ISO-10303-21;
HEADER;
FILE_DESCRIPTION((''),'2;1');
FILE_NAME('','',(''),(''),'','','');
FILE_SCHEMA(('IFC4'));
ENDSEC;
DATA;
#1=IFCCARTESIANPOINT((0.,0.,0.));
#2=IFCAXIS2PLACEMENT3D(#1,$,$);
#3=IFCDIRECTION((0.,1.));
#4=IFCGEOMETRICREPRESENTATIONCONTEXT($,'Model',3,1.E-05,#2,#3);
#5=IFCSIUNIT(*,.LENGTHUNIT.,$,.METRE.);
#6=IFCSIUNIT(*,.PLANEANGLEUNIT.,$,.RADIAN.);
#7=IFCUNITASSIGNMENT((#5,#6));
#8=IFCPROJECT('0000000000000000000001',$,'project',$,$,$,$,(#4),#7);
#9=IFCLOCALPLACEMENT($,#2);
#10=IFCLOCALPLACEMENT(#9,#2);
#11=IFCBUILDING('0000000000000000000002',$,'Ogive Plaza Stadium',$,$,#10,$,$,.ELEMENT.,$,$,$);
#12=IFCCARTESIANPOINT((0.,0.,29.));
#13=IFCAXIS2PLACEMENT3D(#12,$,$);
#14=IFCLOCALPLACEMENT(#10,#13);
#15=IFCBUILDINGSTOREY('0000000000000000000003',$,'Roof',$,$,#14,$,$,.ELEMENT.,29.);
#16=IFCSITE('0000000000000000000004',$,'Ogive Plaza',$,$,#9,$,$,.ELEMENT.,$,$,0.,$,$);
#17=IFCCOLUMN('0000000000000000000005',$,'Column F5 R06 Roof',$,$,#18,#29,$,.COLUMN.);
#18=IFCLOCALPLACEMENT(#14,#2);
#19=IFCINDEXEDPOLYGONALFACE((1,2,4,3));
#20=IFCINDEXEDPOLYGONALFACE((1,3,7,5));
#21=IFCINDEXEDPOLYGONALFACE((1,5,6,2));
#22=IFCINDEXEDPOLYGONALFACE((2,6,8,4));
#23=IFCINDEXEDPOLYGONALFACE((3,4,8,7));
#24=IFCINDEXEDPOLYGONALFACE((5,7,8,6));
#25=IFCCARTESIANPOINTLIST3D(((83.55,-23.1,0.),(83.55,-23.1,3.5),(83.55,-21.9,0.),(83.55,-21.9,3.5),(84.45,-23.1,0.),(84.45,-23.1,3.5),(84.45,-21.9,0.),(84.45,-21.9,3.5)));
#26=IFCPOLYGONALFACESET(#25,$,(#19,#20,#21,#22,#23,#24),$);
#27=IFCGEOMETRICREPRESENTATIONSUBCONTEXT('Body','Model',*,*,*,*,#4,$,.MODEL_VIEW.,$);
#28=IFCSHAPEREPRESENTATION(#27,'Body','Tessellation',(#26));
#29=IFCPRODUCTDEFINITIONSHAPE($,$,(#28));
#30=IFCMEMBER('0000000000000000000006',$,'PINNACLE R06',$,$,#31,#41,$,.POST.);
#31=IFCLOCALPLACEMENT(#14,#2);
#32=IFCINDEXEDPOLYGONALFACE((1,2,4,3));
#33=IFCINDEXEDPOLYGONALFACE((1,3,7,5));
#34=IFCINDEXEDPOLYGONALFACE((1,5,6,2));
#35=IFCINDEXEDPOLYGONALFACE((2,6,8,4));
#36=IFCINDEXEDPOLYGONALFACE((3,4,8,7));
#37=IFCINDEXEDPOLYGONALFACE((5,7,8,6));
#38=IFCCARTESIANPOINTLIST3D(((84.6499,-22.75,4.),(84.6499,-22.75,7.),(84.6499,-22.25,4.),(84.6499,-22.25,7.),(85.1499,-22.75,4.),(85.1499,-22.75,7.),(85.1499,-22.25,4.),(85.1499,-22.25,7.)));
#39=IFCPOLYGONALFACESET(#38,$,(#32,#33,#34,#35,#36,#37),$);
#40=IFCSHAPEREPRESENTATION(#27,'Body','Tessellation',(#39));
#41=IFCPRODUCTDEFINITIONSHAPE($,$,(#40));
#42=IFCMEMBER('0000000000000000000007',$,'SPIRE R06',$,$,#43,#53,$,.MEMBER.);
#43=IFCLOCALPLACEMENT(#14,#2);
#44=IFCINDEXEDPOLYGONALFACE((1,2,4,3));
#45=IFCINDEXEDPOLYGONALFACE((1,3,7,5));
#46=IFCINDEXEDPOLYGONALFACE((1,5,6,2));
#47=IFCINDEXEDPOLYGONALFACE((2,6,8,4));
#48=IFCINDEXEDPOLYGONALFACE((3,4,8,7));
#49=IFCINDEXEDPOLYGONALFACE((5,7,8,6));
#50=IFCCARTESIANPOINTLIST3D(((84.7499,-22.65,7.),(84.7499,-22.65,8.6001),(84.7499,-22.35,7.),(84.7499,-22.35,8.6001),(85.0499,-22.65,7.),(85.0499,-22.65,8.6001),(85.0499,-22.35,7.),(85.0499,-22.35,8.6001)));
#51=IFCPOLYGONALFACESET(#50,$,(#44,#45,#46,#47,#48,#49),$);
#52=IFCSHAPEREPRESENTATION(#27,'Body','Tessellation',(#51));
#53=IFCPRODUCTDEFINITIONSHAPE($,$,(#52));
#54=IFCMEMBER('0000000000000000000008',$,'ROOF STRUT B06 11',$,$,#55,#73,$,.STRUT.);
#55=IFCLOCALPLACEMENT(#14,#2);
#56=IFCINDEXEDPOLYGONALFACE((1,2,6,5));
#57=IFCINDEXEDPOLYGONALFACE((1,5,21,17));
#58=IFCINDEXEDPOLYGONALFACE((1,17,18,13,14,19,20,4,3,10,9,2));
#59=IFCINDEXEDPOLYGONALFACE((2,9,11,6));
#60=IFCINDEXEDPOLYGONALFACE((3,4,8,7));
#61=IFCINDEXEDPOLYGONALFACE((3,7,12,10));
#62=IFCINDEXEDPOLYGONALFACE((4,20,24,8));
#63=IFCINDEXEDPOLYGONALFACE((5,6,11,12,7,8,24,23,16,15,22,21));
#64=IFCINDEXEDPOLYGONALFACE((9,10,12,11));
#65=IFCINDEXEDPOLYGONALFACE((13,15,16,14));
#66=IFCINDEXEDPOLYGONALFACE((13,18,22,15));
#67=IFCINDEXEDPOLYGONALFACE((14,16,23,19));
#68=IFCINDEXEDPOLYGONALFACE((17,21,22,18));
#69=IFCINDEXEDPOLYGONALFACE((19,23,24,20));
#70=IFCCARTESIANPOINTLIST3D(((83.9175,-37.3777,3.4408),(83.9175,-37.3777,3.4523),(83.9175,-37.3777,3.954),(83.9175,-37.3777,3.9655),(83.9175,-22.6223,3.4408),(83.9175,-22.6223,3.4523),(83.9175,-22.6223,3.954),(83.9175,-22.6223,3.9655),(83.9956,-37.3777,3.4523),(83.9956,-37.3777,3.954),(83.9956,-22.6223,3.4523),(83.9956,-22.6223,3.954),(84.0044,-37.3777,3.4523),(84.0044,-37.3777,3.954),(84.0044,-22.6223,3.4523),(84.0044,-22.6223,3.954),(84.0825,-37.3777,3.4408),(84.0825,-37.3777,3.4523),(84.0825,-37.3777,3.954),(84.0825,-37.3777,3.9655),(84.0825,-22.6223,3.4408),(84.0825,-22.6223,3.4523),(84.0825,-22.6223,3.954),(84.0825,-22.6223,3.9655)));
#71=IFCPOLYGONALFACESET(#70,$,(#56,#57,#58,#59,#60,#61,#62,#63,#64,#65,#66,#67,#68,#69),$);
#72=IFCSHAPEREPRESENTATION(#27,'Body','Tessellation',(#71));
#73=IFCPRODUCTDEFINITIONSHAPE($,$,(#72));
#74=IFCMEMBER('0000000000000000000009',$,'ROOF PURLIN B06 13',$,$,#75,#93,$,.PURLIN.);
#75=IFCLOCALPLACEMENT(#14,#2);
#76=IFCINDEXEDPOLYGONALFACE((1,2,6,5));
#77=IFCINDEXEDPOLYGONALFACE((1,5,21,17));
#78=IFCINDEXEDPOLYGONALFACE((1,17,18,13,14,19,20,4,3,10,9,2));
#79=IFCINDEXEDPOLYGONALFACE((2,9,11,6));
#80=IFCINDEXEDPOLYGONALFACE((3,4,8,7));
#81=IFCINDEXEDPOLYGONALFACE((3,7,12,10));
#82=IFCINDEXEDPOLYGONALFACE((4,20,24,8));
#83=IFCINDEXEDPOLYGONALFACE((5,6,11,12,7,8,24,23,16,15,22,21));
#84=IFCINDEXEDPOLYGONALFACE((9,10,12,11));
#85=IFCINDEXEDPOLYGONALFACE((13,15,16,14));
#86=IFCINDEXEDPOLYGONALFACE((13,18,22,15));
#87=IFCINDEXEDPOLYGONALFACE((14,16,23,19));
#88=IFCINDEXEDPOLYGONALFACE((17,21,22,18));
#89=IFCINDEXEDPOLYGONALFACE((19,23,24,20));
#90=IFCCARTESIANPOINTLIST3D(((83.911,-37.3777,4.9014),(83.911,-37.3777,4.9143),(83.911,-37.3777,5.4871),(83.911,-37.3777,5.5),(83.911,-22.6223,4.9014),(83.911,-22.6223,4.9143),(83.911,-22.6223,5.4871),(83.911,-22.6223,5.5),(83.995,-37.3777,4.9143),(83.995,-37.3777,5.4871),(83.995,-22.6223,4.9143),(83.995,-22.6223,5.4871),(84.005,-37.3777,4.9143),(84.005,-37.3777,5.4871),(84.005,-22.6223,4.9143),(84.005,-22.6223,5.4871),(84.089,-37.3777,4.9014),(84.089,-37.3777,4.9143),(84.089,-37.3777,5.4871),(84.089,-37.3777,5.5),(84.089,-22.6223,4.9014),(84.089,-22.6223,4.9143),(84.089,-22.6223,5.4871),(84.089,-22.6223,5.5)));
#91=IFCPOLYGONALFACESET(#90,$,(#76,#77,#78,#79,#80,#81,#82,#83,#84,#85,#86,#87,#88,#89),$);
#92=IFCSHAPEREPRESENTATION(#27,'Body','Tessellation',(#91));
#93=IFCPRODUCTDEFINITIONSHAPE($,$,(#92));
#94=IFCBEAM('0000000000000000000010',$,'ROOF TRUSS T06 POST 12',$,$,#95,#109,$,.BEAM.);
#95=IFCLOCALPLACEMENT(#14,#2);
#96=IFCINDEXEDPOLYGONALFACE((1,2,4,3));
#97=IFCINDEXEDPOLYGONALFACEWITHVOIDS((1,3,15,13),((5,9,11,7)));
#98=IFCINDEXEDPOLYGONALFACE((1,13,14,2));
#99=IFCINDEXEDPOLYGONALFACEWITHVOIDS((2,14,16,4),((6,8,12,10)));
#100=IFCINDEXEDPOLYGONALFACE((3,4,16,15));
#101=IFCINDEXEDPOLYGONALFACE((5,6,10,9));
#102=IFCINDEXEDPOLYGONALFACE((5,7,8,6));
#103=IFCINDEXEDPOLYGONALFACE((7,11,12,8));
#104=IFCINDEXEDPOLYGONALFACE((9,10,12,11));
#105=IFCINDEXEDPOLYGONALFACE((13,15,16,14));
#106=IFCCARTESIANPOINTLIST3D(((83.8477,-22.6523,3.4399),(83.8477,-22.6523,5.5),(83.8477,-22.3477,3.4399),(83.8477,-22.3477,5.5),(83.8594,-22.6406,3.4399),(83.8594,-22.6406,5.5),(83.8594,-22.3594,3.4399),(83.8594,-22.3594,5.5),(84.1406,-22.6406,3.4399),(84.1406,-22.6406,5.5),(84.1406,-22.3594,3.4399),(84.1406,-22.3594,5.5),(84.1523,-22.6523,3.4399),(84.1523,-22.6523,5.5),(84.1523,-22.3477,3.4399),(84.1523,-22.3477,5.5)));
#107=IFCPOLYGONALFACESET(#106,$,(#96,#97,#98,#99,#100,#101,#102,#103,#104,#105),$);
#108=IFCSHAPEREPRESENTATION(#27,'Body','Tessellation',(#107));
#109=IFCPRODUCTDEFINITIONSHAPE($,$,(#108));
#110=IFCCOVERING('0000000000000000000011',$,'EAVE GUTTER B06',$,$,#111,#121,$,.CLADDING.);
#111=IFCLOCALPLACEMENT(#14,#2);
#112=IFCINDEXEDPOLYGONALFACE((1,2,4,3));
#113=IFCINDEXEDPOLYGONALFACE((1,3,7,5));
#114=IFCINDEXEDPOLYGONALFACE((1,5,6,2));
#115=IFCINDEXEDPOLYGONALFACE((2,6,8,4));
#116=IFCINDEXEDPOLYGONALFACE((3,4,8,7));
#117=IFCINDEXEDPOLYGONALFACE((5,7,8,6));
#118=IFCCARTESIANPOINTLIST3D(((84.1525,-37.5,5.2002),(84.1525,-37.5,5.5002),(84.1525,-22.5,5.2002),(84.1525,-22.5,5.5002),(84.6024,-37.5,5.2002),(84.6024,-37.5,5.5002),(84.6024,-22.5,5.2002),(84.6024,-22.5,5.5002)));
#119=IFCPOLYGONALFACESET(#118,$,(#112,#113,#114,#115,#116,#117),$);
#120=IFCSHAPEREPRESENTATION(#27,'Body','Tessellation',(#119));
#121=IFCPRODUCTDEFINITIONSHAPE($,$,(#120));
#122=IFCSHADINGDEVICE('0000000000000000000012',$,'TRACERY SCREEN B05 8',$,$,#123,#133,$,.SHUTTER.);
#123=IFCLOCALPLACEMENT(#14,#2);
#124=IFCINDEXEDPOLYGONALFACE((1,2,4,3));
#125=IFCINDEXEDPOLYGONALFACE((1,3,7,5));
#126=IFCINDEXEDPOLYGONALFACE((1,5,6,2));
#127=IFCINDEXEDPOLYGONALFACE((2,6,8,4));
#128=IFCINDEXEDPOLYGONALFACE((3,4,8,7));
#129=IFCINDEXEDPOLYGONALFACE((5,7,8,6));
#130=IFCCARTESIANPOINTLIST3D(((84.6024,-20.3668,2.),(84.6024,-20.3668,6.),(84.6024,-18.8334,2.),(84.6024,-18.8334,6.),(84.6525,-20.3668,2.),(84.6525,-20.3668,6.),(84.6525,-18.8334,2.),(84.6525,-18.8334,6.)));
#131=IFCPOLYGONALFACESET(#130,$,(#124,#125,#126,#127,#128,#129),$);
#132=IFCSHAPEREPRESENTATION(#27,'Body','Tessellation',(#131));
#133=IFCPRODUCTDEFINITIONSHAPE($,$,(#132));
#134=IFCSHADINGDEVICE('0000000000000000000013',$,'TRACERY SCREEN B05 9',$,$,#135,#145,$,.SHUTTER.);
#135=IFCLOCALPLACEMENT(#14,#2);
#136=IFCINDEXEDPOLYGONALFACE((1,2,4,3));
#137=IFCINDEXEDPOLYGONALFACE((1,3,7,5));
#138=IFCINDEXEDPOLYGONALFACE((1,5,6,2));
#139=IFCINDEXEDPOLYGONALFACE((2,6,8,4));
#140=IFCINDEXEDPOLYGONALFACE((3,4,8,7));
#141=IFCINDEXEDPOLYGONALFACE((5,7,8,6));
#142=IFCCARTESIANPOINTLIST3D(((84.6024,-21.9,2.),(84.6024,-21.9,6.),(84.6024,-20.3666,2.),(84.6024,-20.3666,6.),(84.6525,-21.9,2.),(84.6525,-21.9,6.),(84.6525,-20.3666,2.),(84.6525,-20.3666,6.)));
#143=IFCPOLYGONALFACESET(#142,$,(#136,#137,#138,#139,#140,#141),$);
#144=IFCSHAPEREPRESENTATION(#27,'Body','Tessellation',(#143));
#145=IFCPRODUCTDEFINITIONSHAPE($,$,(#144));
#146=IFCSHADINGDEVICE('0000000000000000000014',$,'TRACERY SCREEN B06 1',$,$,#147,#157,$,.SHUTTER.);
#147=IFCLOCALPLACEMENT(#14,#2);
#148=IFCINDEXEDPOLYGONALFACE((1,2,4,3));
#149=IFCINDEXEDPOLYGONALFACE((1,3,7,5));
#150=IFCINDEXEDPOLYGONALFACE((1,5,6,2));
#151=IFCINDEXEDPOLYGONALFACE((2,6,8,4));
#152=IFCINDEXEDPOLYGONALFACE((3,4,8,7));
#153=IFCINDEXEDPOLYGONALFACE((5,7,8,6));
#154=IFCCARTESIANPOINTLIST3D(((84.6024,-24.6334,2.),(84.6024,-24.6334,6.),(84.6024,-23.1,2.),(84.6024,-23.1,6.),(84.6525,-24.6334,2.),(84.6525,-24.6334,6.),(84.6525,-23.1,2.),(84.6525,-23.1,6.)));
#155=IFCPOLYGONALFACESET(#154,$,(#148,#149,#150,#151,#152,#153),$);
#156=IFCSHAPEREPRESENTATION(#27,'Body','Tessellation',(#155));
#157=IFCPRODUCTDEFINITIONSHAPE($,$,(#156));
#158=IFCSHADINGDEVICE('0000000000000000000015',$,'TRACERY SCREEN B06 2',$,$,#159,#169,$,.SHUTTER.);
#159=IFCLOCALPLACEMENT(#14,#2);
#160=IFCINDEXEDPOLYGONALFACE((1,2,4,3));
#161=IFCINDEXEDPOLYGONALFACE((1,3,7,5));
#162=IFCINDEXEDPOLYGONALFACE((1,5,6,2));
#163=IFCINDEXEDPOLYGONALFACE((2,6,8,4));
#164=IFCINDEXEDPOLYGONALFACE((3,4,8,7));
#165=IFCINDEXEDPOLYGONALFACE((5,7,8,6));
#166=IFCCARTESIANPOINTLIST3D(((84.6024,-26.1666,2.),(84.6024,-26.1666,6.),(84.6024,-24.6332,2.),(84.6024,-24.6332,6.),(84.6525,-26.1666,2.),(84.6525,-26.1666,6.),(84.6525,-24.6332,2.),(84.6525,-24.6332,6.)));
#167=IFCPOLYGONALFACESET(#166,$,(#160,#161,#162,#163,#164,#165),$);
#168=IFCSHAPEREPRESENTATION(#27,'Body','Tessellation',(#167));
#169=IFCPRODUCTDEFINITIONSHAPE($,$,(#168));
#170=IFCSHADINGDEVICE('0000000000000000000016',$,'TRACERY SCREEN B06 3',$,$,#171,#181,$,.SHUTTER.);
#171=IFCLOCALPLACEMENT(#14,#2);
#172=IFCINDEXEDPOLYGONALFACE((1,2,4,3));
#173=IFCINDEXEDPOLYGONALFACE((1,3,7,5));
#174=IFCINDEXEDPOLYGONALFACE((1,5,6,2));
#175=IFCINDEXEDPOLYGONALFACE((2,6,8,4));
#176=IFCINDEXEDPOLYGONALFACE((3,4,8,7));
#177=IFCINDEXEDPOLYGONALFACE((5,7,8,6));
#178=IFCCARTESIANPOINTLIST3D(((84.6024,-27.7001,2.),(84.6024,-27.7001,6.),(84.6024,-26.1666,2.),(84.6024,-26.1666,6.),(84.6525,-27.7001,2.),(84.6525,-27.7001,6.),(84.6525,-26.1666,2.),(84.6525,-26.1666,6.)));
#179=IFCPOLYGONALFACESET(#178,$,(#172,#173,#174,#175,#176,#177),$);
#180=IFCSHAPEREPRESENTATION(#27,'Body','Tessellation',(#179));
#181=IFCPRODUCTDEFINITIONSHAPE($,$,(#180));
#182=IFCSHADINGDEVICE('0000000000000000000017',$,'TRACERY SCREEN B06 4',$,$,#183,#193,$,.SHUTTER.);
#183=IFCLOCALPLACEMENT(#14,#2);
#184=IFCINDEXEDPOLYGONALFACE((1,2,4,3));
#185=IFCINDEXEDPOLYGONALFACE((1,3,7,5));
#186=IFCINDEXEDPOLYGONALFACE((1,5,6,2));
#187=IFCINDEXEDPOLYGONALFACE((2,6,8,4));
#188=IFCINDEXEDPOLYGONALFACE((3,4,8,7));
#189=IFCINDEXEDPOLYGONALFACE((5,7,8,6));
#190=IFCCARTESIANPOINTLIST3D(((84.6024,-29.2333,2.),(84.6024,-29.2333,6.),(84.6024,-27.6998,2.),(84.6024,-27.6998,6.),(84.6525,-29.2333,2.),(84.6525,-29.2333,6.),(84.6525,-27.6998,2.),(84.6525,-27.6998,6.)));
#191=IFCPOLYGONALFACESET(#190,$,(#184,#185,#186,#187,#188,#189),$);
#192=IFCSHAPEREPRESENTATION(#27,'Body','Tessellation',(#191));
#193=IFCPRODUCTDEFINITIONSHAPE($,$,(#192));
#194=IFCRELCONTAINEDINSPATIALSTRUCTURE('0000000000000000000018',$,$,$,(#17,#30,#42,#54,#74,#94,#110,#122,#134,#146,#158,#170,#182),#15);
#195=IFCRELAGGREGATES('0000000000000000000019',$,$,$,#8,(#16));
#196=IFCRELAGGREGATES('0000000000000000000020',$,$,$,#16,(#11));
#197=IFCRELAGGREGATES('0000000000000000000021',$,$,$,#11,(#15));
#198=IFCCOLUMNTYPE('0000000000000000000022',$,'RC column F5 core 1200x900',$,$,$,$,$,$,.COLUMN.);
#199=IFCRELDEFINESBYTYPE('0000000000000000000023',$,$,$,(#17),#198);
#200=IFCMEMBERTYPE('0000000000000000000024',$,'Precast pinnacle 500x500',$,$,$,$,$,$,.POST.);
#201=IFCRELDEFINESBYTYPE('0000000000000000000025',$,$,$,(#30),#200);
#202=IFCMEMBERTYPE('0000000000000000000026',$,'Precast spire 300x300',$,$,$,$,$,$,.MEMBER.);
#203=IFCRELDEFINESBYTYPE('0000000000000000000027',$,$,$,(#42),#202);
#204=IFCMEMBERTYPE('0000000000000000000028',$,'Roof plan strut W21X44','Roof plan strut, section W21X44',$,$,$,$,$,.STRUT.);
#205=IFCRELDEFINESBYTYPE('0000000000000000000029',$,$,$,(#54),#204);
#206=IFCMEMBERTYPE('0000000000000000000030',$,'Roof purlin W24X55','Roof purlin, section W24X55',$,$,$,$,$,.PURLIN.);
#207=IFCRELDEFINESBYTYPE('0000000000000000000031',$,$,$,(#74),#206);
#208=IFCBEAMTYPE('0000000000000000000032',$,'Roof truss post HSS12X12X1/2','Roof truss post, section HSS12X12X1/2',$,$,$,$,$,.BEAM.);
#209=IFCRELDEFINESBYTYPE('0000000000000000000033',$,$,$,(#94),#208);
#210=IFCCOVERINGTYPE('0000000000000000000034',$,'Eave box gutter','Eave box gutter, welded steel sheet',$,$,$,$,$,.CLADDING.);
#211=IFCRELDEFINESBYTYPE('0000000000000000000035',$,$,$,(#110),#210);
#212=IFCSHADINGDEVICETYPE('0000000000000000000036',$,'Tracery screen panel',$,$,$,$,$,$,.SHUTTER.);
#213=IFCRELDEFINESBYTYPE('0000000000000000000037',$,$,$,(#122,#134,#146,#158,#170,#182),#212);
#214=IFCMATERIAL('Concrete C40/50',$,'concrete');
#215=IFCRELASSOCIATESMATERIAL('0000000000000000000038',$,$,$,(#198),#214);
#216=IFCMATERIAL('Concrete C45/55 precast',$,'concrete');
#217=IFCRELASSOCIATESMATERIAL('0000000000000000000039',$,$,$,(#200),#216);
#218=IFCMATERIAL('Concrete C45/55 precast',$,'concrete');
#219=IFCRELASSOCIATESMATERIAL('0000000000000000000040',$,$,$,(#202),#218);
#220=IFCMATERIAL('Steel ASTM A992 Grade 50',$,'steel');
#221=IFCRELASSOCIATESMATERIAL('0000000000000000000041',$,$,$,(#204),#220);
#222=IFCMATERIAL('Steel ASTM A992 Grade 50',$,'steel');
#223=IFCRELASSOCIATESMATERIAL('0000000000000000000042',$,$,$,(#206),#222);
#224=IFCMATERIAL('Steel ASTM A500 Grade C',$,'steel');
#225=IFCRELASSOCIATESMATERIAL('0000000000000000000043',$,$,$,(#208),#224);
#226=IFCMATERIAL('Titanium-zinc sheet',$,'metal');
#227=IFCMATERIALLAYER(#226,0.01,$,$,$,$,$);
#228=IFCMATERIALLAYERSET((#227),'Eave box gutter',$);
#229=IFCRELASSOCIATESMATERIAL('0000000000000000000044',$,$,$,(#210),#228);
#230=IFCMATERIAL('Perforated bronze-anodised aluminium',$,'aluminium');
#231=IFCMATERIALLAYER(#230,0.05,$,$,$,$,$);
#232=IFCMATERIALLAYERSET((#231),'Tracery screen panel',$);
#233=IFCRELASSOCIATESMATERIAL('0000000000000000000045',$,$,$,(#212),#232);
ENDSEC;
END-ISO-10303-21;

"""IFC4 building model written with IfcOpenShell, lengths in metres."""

from ifc_helpers import new_model, si_unit, direction, frame, origin, origin_2d, place, context, subcontext, project, spatial, rectangle, hollow_rectangle, i_section, extrude, material, layer, layer_set, material_profile, profile_set, type_object, element, save


model = new_model("IFC4")

# Units and contexts
model_context = context("Model", 3, precision=1e-05, world=origin(), true_north=direction((0.0, 1.0)))
body_context = subcontext(model_context, "Body", "Model", "MODEL_VIEW")
ifc_project = project(units=[si_unit("LENGTHUNIT", "METRE"), si_unit("PLANEANGLEUNIT", "RADIAN")], contexts=[model_context])

# Site, building, storey
site_placement = place(None, origin())
site = spatial("IfcSite", under=ifc_project, at=site_placement, Name="Ogive Plaza", CompositionType="ELEMENT", RefElevation=0.0)
building_placement = place(site_placement, origin())
building = spatial("IfcBuilding", under=site, at=building_placement, Name="Ogive Plaza Stadium", CompositionType="ELEMENT")
storey_placement = place(building_placement, frame((0.0, 0.0, 29.0)))
storey = spatial("IfcBuildingStorey", under=building, at=storey_placement, Name="Roof", CompositionType="ELEMENT", Elevation=29.0)

# Column
ifc_material_1 = material(Name="Concrete C40/50", Category="concrete")
ifc_material_profile_1 = material_profile(ifc_material_1, rectangle(XDim=1.2, YDim=0.8999, at=origin_2d()), Name="RC 1200x900")
ifc_profile_set_1 = profile_set([ifc_material_profile_1], Name="Concrete C40/50")
column_type = type_object("IfcColumnType", Name="RC column F5 core 1200x900", PredefinedType="COLUMN", material=ifc_profile_set_1)
column_placement = place(storey_placement, frame((84.0, -22.5, 0.0), z_axis=(0.0, 0.0, 1.0), x_axis=(0.0, 1.0, 0.0)))
element("IfcColumn", 1, at=column_placement, inside=storey, type_object=column_type, Name="Column F5 R06 Roof", PredefinedType="COLUMN", context=body_context, shape_type="SweptSolid", body=[
    extrude(rectangle(XDim=1.2, YDim=0.8999, at=origin_2d()), origin(), (0.0, 0.0, 1.0), 3.5),
])

# Members
ifc_material_2 = material(Name="Concrete C45/55 precast", Category="concrete")
ifc_material_profile_2 = material_profile(ifc_material_2, rectangle(XDim=0.5, YDim=0.5, at=origin_2d()), Name="RC 500x500")
ifc_profile_set_2 = profile_set([ifc_material_profile_2], Name="Concrete C45/55 precast")
member_type_1 = type_object("IfcMemberType", Name="Precast pinnacle 500x500", PredefinedType="POST", material=ifc_profile_set_2)
member_1_placement = place(storey_placement, frame((84.8999, -22.5, 4.0), z_axis=(0.0, 0.0, 1.0), x_axis=(0.0, 1.0, 0.0)))
element("IfcMember", 2, at=member_1_placement, inside=storey, type_object=member_type_1, Name="PINNACLE R06", PredefinedType="POST", context=body_context, shape_type="SweptSolid", body=[
    extrude(rectangle(XDim=0.5, YDim=0.5, at=origin_2d()), origin(), (0.0, 0.0, 1.0), 3.0),
])
ifc_material_3 = material(Name="Concrete C45/55 precast", Category="concrete")
ifc_material_profile_3 = material_profile(ifc_material_3, rectangle(XDim=0.3, YDim=0.3, at=origin_2d()), Name="RC 300x300")
ifc_profile_set_3 = profile_set([ifc_material_profile_3], Name="Concrete C45/55 precast")
member_type_2 = type_object("IfcMemberType", Name="Precast spire 300x300", PredefinedType="MEMBER", material=ifc_profile_set_3)
member_2_placement = place(storey_placement, frame((84.8999, -22.5, 7.0), z_axis=(0.0, 0.0, 1.0), x_axis=(0.0, 1.0, 0.0)))
element("IfcMember", 3, at=member_2_placement, inside=storey, type_object=member_type_2, Name="SPIRE R06", PredefinedType="MEMBER", context=body_context, shape_type="SweptSolid", body=[
    extrude(rectangle(XDim=0.3, YDim=0.3, at=origin_2d()), origin(), (0.0, 0.0, 1.0), 1.6001),
])
ifc_material_4 = material(Name="Steel ASTM A992 Grade 50", Category="steel")
ifc_material_profile_4 = material_profile(ifc_material_4, i_section(OverallWidth=0.165, OverallDepth=0.5247, WebThickness=0.0088, FlangeThickness=0.0115, at=origin_2d()), Name="W21X44")
ifc_profile_set_4 = profile_set([ifc_material_profile_4], Name="Steel ASTM A992 Grade 50")
member_type_3 = type_object("IfcMemberType", Name="Roof plan strut W21X44", Description="Roof plan strut, section W21X44", PredefinedType="STRUT", material=ifc_profile_set_4)
member_3_placement = place(storey_placement, frame((84.0, -22.6223, 3.7031), z_axis=(0.0, -1.0, 0.0), x_axis=(1.0, 0.0, 0.0)))
element("IfcMember", 4, at=member_3_placement, inside=storey, type_object=member_type_3, Name="ROOF STRUT B06 11", PredefinedType="STRUT", context=body_context, shape_type="SweptSolid", body=[
    extrude(i_section(OverallWidth=0.165, OverallDepth=0.5247, WebThickness=0.0088, FlangeThickness=0.0115, at=origin_2d()), origin(), (0.0, 0.0, 1.0), 14.7554),
])
ifc_material_5 = material(Name="Steel ASTM A992 Grade 50", Category="steel")
ifc_material_profile_5 = material_profile(ifc_material_5, i_section(OverallWidth=0.178, OverallDepth=0.5986, WebThickness=0.01, FlangeThickness=0.0129, at=origin_2d()), Name="W24X55")
ifc_profile_set_5 = profile_set([ifc_material_profile_5], Name="Steel ASTM A992 Grade 50")
member_type_4 = type_object("IfcMemberType", Name="Roof purlin W24X55", Description="Roof purlin, section W24X55", PredefinedType="PURLIN", material=ifc_profile_set_5)
member_4_placement = place(storey_placement, frame((84.0, -22.6223, 5.2007), z_axis=(0.0, -1.0, 0.0), x_axis=(1.0, 0.0, 0.0)))
element("IfcMember", 5, at=member_4_placement, inside=storey, type_object=member_type_4, Name="ROOF PURLIN B06 13", PredefinedType="PURLIN", context=body_context, shape_type="SweptSolid", body=[
    extrude(i_section(OverallWidth=0.178, OverallDepth=0.5986, WebThickness=0.01, FlangeThickness=0.0129, at=origin_2d()), origin(), (0.0, 0.0, 1.0), 14.7554),
])

# Beam
ifc_material_6 = material(Name="Steel ASTM A500 Grade C", Category="steel")
ifc_material_profile_6 = material_profile(ifc_material_6, hollow_rectangle(XDim=0.3047, YDim=0.3047, WallThickness=0.0117, at=origin_2d()), Name="HSS12X12X1/2")
ifc_profile_set_6 = profile_set([ifc_material_profile_6], Name="Steel ASTM A500 Grade C")
beam_type = type_object("IfcBeamType", Name="Roof truss post HSS12X12X1/2", Description="Roof truss post, section HSS12X12X1/2", PredefinedType="BEAM", material=ifc_profile_set_6)
beam_placement = place(storey_placement, frame((84.0, -22.5, 3.4399), z_axis=(0.0, 0.0, 1.0), x_axis=(0.0, 1.0, 0.0)))
element("IfcBeam", 6, at=beam_placement, inside=storey, type_object=beam_type, Name="ROOF TRUSS T06 POST 12", PredefinedType="BEAM", context=body_context, shape_type="SweptSolid", body=[
    extrude(hollow_rectangle(XDim=0.3047, YDim=0.3047, WallThickness=0.0117, at=origin_2d()), origin(), (0.0, 0.0, 1.0), 2.0601),
])

# Covering
ifc_material_7 = material(Name="Titanium-zinc sheet", Category="metal")
ifc_layer_1 = layer(ifc_material_7, 0.01)
ifc_layer_set_1 = layer_set([ifc_layer_1], Name="Eave box gutter")
covering_type = type_object("IfcCoveringType", Name="Eave box gutter", Description="Eave box gutter, welded steel sheet", PredefinedType="CLADDING", material=ifc_layer_set_1)
covering_placement = place(storey_placement, frame((84.3774, -30.0, 5.2002), z_axis=(0.0, 0.0, 1.0), x_axis=(0.0, -1.0, 0.0)))
element("IfcCovering", 7, at=covering_placement, inside=storey, type_object=covering_type, Name="EAVE GUTTER B06", PredefinedType="CLADDING", context=body_context, shape_type="SweptSolid", body=[
    extrude(rectangle(XDim=15.0, YDim=0.45, at=origin_2d()), origin(), (0.0, 0.0, 1.0), 0.3),
])

# Shading devices
ifc_material_8 = material(Name="Perforated bronze-anodised aluminium", Category="aluminium")
ifc_layer_2 = layer(ifc_material_8, 0.05)
ifc_layer_set_2 = layer_set([ifc_layer_2], Name="Tracery screen panel")
shading_device_type = type_object("IfcShadingDeviceType", Name="Tracery screen panel", PredefinedType="SHUTTER", material=ifc_layer_set_2)
for number, where, z_axis, x_axis, name in (
    (8, (84.6274, -19.6001, 2.0), (0.0, 0.0, 1.0), (0.0, -1.0, 0.0), "TRACERY SCREEN B05 8"),
    (9, (84.6274, -21.1333, 2.0), (0.0, 0.0, 1.0), (0.0, -1.0, 0.0), "TRACERY SCREEN B05 9"),
    (10, (84.6274, -23.8667, 2.0), (0.0, 0.0, 1.0), (0.0, -1.0, 0.0), "TRACERY SCREEN B06 1"),
    (11, (84.6274, -25.3999, 2.0), (0.0, 0.0, 1.0), (0.0, -1.0, 0.0), "TRACERY SCREEN B06 2"),
    (12, (84.6274, -26.9333, 2.0), (0.0, 0.0, 1.0), (0.0, -1.0, 0.0), "TRACERY SCREEN B06 3"),
    (13, (84.6274, -28.4666, 2.0), (0.0, 0.0, 1.0), (0.0, -1.0, 0.0), "TRACERY SCREEN B06 4"),
):
    element("IfcShadingDevice", number, at=place(storey_placement, frame(where, z_axis=z_axis, x_axis=x_axis)), inside=storey, type_object=shading_device_type, Name=name, PredefinedType="SHUTTER", context=body_context, shape_type="SweptSolid", body=[
        extrude(rectangle(XDim=1.5334, YDim=0.05, at=origin_2d()), origin(), (0.0, 0.0, 1.0), 4.0),
    ])

save(model, "model.ifc")
